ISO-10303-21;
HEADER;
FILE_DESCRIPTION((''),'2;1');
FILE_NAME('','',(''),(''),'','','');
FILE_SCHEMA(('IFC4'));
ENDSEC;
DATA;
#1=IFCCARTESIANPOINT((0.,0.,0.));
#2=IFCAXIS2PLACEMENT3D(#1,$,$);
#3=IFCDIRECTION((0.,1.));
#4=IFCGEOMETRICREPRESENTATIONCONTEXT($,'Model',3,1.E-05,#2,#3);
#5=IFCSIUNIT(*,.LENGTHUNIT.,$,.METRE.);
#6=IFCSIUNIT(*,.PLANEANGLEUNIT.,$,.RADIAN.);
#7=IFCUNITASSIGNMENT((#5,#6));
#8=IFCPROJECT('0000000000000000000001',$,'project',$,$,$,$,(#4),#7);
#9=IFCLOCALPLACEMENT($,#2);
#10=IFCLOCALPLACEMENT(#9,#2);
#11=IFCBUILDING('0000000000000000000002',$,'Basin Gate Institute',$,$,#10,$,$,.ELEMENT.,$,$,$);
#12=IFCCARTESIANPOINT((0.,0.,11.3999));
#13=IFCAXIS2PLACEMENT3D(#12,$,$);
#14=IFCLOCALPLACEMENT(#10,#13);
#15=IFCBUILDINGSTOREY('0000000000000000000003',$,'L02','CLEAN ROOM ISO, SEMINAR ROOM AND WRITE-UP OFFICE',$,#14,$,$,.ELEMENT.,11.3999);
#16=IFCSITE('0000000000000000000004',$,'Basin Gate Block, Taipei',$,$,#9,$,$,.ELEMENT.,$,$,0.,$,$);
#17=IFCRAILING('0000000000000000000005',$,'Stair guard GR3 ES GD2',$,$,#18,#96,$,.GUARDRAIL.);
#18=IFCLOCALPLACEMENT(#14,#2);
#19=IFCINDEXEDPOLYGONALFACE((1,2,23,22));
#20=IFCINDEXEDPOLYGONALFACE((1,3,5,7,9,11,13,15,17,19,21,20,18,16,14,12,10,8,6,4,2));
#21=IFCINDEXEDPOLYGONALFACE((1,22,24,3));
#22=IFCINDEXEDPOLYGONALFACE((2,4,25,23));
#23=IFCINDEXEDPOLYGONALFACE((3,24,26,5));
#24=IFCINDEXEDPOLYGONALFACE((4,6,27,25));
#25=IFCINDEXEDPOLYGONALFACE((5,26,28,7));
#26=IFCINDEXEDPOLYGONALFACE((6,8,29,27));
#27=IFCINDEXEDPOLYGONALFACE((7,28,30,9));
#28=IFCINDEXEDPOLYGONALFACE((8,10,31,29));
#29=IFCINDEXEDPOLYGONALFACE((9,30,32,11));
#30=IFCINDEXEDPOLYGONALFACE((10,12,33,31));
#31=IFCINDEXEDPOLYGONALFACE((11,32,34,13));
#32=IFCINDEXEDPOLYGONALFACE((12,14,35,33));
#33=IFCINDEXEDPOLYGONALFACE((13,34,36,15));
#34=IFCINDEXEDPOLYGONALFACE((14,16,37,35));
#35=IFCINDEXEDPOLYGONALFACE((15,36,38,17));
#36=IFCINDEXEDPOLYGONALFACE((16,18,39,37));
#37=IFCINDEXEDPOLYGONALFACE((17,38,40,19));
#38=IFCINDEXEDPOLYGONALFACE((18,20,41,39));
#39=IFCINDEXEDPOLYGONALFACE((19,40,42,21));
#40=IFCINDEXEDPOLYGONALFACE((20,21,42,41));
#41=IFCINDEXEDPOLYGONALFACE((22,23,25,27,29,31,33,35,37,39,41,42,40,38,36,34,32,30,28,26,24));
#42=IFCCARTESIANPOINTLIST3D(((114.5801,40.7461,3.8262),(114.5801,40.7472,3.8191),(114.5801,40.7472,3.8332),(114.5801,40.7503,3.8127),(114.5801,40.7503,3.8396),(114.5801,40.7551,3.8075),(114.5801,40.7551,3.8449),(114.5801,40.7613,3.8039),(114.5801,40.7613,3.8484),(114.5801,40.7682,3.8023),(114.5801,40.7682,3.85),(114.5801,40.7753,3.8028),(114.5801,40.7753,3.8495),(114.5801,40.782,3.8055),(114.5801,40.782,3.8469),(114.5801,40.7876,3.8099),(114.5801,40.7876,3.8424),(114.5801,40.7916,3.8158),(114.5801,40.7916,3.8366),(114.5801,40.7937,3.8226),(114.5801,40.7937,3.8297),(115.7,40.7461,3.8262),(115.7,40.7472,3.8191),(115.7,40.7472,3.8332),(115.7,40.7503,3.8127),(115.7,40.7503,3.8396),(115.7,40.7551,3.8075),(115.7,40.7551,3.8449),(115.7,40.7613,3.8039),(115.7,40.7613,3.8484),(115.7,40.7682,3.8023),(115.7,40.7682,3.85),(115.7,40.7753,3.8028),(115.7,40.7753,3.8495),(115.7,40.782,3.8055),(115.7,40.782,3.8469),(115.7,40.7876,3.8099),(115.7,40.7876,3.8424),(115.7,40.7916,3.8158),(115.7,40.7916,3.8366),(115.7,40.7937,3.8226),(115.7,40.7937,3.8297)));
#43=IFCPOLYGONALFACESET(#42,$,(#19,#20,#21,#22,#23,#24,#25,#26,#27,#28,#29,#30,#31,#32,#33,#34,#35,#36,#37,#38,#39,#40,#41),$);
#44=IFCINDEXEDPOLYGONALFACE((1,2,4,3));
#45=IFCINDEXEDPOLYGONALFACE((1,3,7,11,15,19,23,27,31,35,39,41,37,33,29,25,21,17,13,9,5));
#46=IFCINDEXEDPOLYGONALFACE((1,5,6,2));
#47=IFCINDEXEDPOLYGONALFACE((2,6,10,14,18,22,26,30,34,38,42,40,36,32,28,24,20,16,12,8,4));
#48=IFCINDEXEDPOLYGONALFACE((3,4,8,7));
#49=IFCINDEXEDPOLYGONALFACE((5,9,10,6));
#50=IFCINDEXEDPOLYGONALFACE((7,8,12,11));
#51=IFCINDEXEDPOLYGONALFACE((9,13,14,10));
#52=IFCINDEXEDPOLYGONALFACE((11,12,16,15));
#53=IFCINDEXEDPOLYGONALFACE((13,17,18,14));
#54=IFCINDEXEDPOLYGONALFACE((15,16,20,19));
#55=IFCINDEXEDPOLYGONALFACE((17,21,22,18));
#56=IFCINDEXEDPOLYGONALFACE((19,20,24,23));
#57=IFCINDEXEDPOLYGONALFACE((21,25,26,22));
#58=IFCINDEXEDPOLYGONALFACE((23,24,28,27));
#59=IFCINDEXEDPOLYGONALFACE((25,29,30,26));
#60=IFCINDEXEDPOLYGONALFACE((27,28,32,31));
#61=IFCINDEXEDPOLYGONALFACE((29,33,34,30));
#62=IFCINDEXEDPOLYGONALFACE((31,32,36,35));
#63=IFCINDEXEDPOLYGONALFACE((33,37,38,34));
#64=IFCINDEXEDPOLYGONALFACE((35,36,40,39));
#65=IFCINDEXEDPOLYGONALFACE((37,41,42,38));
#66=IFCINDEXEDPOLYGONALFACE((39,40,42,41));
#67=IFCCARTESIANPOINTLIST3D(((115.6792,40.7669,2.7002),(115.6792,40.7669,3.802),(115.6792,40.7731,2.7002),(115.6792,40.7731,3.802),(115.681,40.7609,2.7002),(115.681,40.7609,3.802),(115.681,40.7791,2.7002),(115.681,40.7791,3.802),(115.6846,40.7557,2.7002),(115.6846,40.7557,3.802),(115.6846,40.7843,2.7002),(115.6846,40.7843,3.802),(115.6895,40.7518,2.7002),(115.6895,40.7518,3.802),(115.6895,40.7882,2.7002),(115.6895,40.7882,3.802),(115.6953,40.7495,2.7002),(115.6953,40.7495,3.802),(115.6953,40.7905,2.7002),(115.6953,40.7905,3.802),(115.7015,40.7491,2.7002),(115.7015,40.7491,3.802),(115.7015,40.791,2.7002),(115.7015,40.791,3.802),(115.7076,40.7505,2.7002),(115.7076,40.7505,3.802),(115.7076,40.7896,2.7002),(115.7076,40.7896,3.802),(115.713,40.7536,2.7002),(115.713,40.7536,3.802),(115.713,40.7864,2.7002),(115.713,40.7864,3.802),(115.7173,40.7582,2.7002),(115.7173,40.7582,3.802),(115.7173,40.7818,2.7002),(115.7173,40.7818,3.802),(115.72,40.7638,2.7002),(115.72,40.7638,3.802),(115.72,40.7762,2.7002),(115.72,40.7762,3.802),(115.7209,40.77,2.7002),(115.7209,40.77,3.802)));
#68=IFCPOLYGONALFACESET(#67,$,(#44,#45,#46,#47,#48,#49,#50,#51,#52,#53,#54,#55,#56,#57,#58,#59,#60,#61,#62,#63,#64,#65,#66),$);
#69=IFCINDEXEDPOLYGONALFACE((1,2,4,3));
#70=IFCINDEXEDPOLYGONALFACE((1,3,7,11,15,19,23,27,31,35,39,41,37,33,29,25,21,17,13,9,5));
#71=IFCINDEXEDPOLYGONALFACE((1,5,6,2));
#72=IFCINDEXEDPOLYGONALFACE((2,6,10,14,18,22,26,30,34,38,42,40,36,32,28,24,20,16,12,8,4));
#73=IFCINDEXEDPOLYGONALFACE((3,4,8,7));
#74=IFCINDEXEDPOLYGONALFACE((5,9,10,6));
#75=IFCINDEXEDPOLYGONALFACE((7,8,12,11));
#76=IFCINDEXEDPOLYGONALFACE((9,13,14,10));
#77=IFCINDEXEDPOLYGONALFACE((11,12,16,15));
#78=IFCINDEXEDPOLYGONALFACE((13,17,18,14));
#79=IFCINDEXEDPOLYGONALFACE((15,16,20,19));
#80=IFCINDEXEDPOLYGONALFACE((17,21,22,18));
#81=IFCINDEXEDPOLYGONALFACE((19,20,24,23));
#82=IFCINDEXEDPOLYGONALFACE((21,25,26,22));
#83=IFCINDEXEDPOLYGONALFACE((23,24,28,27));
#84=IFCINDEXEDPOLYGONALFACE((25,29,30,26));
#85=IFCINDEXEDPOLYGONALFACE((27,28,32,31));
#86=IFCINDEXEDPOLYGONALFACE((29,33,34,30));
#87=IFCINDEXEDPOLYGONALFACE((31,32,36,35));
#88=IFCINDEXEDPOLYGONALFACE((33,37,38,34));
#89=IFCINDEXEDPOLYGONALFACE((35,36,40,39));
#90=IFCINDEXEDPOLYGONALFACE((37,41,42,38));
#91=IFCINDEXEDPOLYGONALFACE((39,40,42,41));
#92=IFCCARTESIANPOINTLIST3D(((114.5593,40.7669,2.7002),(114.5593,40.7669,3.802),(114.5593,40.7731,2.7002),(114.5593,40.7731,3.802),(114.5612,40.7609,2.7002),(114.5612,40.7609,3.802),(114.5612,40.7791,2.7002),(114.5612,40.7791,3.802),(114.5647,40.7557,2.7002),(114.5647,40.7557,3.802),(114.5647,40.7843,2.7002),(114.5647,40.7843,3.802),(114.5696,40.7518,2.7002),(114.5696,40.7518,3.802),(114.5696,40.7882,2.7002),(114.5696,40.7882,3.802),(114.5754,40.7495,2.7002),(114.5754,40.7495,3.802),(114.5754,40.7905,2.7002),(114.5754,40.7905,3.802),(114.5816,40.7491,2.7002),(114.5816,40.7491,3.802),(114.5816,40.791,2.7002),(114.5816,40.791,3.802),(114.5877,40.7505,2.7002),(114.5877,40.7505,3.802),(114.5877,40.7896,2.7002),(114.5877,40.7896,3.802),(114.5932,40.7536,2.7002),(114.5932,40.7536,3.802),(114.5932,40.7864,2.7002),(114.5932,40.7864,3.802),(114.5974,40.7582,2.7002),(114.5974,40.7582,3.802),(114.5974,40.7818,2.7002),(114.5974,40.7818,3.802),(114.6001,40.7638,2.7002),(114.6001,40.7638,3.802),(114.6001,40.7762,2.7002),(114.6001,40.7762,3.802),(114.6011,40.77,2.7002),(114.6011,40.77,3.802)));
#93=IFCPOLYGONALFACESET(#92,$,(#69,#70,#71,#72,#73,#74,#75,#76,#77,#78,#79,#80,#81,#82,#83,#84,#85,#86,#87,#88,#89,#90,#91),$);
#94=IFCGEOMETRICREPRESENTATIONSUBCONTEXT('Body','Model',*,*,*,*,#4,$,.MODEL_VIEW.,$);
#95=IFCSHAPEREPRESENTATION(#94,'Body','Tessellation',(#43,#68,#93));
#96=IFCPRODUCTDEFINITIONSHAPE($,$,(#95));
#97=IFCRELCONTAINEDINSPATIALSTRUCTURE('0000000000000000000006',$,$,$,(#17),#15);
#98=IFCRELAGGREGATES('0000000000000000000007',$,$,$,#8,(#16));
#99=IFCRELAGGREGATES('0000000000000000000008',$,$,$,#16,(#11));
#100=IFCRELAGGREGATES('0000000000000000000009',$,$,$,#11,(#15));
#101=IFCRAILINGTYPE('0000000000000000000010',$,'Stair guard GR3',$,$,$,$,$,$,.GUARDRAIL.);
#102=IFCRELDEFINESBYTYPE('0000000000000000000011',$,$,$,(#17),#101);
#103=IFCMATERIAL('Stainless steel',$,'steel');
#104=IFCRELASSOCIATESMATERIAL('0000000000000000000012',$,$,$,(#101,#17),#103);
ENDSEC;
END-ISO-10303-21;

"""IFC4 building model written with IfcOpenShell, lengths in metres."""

from ifc_helpers import new_model, si_unit, direction, frame, origin, origin_2d, place, context, subcontext, project, spatial, circle, extrude, material, type_object, element, save


model = new_model("IFC4")

# Units and contexts
model_context = context("Model", 3, precision=1e-05, world=origin(), true_north=direction((0.0, 1.0)))
body_context = subcontext(model_context, "Body", "Model", "MODEL_VIEW")
ifc_project = project(units=[si_unit("LENGTHUNIT", "METRE"), si_unit("PLANEANGLEUNIT", "RADIAN")], contexts=[model_context])

# Site, building, storey
site_placement = place(None, origin())
site = spatial("IfcSite", under=ifc_project, at=site_placement, Name="Basin Gate Block, Taipei", CompositionType="ELEMENT", RefElevation=0.0)
building_placement = place(site_placement, origin())
building = spatial("IfcBuilding", under=site, at=building_placement, Name="Basin Gate Institute", CompositionType="ELEMENT")
storey_placement = place(building_placement, frame((0.0, 0.0, 11.3999)))
storey = spatial("IfcBuildingStorey", under=building, at=storey_placement, Name="L02", Description="CLEAN ROOM ISO, SEMINAR ROOM AND WRITE-UP OFFICE", CompositionType="ELEMENT", Elevation=11.3999)

# Railing
ifc_material_1 = material(Name="Stainless steel", Category="steel")
railing_type_1 = type_object("IfcRailingType", Name="Stair guard GR3", PredefinedType="GUARDRAIL", material=ifc_material_1)
railing_1_placement = place(storey_placement, frame((115.7, 40.77, 2.7002)))
element("IfcRailing", 1, at=railing_1_placement, inside=storey, type_object=railing_type_1, material=ifc_material_1, Name="Stair guard GR3 ES GD2", PredefinedType="GUARDRAIL", context=body_context, shape_type="SweptSolid", body=[
    extrude(circle(Radius=0.0239, at=origin_2d()), frame((0.0, 0.0, 1.126), z_axis=(-1.0, 0.0, 0.0), x_axis=(0.0, -1.0, 0.0)), (0.0, 0.0, 1.0), 1.1199),
    extrude(circle(Radius=0.021, at=origin_2d()), origin(), (0.0, 0.0, 1.0), 1.1018),
    extrude(circle(Radius=0.021, at=origin_2d()), frame((-1.1199, 0.0, 0.0)), (0.0, 0.0, 1.0), 1.1018),
])

save(model, "model.ifc")
